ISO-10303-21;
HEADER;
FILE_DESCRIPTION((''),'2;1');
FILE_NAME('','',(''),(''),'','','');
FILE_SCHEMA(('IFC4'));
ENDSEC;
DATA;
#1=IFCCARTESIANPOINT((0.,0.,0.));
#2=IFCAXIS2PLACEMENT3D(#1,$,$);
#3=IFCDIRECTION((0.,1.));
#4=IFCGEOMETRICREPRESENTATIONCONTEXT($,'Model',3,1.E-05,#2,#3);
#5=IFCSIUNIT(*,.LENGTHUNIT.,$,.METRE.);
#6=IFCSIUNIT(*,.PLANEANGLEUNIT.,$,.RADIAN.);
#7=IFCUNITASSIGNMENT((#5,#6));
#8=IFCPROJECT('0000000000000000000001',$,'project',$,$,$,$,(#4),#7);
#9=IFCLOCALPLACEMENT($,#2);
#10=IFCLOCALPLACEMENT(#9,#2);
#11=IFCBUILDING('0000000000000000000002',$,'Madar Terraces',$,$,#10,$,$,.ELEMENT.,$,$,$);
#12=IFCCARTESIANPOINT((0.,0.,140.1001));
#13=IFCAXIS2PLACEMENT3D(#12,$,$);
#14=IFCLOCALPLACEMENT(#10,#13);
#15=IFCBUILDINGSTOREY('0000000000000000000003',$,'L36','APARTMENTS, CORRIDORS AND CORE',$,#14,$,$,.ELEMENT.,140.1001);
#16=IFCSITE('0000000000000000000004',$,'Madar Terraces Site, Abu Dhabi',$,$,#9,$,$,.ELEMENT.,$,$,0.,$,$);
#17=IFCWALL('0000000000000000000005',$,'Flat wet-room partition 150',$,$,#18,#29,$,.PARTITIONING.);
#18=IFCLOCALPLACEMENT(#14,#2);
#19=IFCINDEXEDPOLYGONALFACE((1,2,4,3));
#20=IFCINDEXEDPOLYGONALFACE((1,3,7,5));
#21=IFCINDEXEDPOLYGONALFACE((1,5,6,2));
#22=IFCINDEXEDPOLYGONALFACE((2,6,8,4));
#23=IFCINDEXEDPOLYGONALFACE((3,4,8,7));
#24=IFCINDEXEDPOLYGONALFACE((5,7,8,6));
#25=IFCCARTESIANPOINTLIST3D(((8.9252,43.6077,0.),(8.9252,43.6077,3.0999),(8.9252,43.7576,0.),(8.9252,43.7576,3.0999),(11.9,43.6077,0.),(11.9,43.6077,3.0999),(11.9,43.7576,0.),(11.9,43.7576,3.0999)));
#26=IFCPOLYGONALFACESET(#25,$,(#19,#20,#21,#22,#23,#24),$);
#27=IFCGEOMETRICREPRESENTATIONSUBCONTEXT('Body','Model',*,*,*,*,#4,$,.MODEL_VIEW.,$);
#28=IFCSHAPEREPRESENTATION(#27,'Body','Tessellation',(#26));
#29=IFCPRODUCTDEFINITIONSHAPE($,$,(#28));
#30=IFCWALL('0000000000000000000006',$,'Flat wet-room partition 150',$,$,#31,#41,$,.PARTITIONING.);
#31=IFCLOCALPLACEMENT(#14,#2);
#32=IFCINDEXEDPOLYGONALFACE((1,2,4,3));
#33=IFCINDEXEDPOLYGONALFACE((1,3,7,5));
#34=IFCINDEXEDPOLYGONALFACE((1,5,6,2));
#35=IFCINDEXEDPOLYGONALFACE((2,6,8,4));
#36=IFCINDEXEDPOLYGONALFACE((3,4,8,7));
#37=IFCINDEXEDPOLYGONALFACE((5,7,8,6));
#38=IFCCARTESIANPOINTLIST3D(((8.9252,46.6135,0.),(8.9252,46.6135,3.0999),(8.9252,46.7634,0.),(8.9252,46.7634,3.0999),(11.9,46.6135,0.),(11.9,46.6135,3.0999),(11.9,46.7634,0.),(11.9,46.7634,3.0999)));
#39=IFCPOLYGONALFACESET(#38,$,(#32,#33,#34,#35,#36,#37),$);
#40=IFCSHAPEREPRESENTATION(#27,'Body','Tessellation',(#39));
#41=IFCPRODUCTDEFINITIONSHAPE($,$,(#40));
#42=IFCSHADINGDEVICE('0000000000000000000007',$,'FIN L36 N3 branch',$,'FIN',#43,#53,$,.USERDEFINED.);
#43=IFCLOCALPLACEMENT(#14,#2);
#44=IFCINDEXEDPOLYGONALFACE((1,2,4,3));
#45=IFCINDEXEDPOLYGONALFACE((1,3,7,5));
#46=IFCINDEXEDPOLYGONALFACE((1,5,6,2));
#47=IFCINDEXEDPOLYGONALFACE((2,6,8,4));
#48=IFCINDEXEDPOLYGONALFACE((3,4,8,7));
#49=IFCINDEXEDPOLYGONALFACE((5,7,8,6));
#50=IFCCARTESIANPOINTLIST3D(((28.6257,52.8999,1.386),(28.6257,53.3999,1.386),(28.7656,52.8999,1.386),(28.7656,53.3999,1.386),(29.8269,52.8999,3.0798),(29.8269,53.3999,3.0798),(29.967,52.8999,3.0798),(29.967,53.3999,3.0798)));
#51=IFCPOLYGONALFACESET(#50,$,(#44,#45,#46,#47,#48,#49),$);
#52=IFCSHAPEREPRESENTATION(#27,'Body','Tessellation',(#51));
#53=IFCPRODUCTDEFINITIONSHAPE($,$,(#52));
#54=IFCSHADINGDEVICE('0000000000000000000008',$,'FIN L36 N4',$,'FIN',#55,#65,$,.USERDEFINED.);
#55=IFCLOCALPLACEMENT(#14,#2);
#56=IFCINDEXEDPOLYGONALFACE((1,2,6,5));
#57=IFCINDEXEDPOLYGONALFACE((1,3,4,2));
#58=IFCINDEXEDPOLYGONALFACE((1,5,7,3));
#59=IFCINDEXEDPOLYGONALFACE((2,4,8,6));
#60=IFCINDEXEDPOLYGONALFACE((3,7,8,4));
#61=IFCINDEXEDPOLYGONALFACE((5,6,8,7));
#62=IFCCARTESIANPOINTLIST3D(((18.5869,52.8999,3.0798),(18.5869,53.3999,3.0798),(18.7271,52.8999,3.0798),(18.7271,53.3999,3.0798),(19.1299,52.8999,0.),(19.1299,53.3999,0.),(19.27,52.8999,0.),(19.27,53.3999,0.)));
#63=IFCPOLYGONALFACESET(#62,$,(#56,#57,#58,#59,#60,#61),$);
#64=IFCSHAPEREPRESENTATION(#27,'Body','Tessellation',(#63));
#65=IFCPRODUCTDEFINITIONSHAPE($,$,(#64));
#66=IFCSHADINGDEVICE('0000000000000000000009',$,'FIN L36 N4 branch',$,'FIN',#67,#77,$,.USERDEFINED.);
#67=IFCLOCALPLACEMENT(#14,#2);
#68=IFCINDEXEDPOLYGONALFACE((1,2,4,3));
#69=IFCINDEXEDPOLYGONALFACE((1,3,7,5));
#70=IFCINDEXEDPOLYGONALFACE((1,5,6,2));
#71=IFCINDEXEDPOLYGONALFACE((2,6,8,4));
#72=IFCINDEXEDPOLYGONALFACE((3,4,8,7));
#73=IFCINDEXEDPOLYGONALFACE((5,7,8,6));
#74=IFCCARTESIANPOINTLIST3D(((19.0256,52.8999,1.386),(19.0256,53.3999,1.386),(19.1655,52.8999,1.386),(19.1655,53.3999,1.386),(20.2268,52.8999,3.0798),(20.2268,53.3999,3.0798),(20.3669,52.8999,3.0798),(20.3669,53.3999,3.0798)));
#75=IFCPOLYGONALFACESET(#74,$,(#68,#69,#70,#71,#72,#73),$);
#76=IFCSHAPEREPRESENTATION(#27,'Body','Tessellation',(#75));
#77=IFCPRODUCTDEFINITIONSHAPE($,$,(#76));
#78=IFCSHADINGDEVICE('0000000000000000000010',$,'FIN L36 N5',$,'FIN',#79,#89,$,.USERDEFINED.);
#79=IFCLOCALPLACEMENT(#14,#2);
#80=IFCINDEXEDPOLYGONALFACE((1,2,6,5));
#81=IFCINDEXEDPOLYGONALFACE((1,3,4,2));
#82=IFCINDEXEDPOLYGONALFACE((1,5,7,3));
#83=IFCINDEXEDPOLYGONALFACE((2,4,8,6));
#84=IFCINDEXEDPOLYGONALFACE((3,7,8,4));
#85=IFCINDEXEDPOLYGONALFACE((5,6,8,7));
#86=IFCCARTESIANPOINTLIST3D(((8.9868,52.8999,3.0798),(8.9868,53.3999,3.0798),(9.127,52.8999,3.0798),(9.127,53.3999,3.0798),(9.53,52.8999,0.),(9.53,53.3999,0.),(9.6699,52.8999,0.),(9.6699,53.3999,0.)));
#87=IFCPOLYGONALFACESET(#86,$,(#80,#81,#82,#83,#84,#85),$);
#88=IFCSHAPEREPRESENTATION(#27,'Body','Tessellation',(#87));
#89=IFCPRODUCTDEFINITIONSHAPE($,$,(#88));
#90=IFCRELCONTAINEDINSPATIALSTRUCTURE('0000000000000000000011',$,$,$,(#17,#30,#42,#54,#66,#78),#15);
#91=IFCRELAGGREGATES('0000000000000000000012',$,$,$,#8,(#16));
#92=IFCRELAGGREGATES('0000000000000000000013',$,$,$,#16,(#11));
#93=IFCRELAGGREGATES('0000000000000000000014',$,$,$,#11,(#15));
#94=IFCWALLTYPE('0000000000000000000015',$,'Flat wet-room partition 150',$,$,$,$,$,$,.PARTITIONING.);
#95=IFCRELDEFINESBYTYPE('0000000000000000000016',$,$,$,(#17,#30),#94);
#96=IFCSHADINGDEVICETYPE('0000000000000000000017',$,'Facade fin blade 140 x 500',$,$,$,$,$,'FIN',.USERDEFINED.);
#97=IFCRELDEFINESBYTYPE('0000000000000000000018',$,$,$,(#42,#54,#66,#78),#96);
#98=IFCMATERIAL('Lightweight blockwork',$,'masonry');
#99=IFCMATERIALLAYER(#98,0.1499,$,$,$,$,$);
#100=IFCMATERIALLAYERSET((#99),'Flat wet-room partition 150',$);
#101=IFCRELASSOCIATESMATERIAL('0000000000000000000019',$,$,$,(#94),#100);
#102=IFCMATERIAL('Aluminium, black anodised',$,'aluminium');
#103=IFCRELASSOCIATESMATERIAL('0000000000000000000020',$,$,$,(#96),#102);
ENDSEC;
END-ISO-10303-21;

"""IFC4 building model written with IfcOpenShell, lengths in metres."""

from ifc_helpers import new_model, si_unit, direction, frame, frame_2d, origin, place, context, subcontext, project, spatial, polyline, rectangle, outline, extrude, material, layer, layer_set, type_object, element, save


model = new_model("IFC4")

# Units and contexts
model_context = context("Model", 3, precision=1e-05, world=origin(), true_north=direction((0.0, 1.0)))
body_context = subcontext(model_context, "Body", "Model", "MODEL_VIEW")
ifc_project = project(units=[si_unit("LENGTHUNIT", "METRE"), si_unit("PLANEANGLEUNIT", "RADIAN")], contexts=[model_context])

# Site, building, storey
site_placement = place(None, origin())
site = spatial("IfcSite", under=ifc_project, at=site_placement, Name="Madar Terraces Site, Abu Dhabi", CompositionType="ELEMENT", RefElevation=0.0)
building_placement = place(site_placement, origin())
building = spatial("IfcBuilding", under=site, at=building_placement, Name="Madar Terraces", CompositionType="ELEMENT")
storey_placement = place(building_placement, frame((0.0, 0.0, 140.1001)))
storey = spatial("IfcBuildingStorey", under=building, at=storey_placement, Name="L36", Description="APARTMENTS, CORRIDORS AND CORE", CompositionType="ELEMENT", Elevation=140.1001)

# Walls
ifc_material_1 = material(Name="Lightweight blockwork", Category="masonry")
ifc_layer_1 = layer(ifc_material_1, 0.1499)
ifc_layer_set_1 = layer_set([ifc_layer_1], Name="Flat wet-room partition 150")
wall_type_1 = type_object("IfcWallType", Name="Flat wet-room partition 150", PredefinedType="PARTITIONING", material=ifc_layer_set_1)
for number, where, z_axis, x_axis, name in (
    (1, (11.8999, 43.6826, 0.0), (0.0, 0.0, 1.0), (-1.0, 0.0, 0.0), "Flat wet-room partition 150"),
    (2, (11.8999, 46.6885, 0.0), (0.0, 0.0, 1.0), (-1.0, 0.0, 0.0), "Flat wet-room partition 150"),
):
    element("IfcWall", number, at=place(storey_placement, frame(where, z_axis=z_axis, x_axis=x_axis)), inside=storey, type_object=wall_type_1, Name=name, PredefinedType="PARTITIONING", context=body_context, shape_type="SweptSolid", body=[
        extrude(rectangle(XDim=2.9749, YDim=0.1499, at=frame_2d((1.4873, 0.0))), origin(), (0.0, 0.0, 1.0), 3.0999),
    ])

# Shading devices
ifc_material_2 = material(Name="Aluminium, black anodised", Category="aluminium")
shading_device_type = type_object("IfcShadingDeviceType", Name="Facade fin blade 140 x 500", ElementType="FIN", PredefinedType="USERDEFINED", material=ifc_material_2)
shading_device_1_placement = place(storey_placement, frame((28.7656, 53.1499, 1.386), z_axis=(0.0, 0.0, 1.0), x_axis=(-1.0, 0.0, 0.0)))
element("IfcShadingDevice", 3, at=shading_device_1_placement, inside=storey, type_object=shading_device_type, Name="FIN L36 N3 branch", ObjectType="FIN", PredefinedType="USERDEFINED", context=body_context, shape_type="SweptSolid", body=[
    extrude(outline(polyline([(0.0, 0.0), (0.1399, 0.0), (-1.0613, 1.6938), (-1.2014, 1.6938), (0.0, 0.0)])), frame((0.0, 0.25, 0.0), z_axis=(0.0, -1.0, 0.0), x_axis=(1.0, 0.0, 0.0)), (0.0, 0.0, 1.0), 0.5),
])
shading_device_2_placement = place(storey_placement, frame((19.27, 53.1499, 0.0), z_axis=(0.0, 0.0, 1.0), x_axis=(-1.0, 0.0, 0.0)))
element("IfcShadingDevice", 4, at=shading_device_2_placement, inside=storey, type_object=shading_device_type, Name="FIN L36 N4", ObjectType="FIN", PredefinedType="USERDEFINED", context=body_context, shape_type="SweptSolid", body=[
    extrude(outline(polyline([(0.0, 0.0), (0.1401, 0.0), (0.6831, 3.0798), (0.543, 3.0798), (0.0, 0.0)])), frame((0.0, 0.25, 0.0), z_axis=(0.0, -1.0, 0.0), x_axis=(1.0, 0.0, 0.0)), (0.0, 0.0, 1.0), 0.5),
])
shading_device_3_placement = place(storey_placement, frame((19.1655, 53.1499, 1.386), z_axis=(0.0, 0.0, 1.0), x_axis=(-1.0, 0.0, 0.0)))
element("IfcShadingDevice", 5, at=shading_device_3_placement, inside=storey, type_object=shading_device_type, Name="FIN L36 N4 branch", ObjectType="FIN", PredefinedType="USERDEFINED", context=body_context, shape_type="SweptSolid", body=[
    extrude(outline(polyline([(0.0, 0.0), (0.1399, 0.0), (-1.0613, 1.6938), (-1.2014, 1.6938), (0.0, 0.0)])), frame((0.0, 0.25, 0.0), z_axis=(0.0, -1.0, 0.0), x_axis=(1.0, 0.0, 0.0)), (0.0, 0.0, 1.0), 0.5),
])
shading_device_4_placement = place(storey_placement, frame((9.6699, 53.1499, 0.0), z_axis=(0.0, 0.0, 1.0), x_axis=(-1.0, 0.0, 0.0)))
element("IfcShadingDevice", 6, at=shading_device_4_placement, inside=storey, type_object=shading_device_type, Name="FIN L36 N5", ObjectType="FIN", PredefinedType="USERDEFINED", context=body_context, shape_type="SweptSolid", body=[
    extrude(outline(polyline([(0.0, 0.0), (0.1399, 0.0), (0.6831, 3.0798), (0.543, 3.0798), (0.0, 0.0)])), frame((0.0, 0.25, 0.0), z_axis=(0.0, -1.0, 0.0), x_axis=(1.0, 0.0, 0.0)), (0.0, 0.0, 1.0), 0.5),
])

save(model, "model.ifc")
